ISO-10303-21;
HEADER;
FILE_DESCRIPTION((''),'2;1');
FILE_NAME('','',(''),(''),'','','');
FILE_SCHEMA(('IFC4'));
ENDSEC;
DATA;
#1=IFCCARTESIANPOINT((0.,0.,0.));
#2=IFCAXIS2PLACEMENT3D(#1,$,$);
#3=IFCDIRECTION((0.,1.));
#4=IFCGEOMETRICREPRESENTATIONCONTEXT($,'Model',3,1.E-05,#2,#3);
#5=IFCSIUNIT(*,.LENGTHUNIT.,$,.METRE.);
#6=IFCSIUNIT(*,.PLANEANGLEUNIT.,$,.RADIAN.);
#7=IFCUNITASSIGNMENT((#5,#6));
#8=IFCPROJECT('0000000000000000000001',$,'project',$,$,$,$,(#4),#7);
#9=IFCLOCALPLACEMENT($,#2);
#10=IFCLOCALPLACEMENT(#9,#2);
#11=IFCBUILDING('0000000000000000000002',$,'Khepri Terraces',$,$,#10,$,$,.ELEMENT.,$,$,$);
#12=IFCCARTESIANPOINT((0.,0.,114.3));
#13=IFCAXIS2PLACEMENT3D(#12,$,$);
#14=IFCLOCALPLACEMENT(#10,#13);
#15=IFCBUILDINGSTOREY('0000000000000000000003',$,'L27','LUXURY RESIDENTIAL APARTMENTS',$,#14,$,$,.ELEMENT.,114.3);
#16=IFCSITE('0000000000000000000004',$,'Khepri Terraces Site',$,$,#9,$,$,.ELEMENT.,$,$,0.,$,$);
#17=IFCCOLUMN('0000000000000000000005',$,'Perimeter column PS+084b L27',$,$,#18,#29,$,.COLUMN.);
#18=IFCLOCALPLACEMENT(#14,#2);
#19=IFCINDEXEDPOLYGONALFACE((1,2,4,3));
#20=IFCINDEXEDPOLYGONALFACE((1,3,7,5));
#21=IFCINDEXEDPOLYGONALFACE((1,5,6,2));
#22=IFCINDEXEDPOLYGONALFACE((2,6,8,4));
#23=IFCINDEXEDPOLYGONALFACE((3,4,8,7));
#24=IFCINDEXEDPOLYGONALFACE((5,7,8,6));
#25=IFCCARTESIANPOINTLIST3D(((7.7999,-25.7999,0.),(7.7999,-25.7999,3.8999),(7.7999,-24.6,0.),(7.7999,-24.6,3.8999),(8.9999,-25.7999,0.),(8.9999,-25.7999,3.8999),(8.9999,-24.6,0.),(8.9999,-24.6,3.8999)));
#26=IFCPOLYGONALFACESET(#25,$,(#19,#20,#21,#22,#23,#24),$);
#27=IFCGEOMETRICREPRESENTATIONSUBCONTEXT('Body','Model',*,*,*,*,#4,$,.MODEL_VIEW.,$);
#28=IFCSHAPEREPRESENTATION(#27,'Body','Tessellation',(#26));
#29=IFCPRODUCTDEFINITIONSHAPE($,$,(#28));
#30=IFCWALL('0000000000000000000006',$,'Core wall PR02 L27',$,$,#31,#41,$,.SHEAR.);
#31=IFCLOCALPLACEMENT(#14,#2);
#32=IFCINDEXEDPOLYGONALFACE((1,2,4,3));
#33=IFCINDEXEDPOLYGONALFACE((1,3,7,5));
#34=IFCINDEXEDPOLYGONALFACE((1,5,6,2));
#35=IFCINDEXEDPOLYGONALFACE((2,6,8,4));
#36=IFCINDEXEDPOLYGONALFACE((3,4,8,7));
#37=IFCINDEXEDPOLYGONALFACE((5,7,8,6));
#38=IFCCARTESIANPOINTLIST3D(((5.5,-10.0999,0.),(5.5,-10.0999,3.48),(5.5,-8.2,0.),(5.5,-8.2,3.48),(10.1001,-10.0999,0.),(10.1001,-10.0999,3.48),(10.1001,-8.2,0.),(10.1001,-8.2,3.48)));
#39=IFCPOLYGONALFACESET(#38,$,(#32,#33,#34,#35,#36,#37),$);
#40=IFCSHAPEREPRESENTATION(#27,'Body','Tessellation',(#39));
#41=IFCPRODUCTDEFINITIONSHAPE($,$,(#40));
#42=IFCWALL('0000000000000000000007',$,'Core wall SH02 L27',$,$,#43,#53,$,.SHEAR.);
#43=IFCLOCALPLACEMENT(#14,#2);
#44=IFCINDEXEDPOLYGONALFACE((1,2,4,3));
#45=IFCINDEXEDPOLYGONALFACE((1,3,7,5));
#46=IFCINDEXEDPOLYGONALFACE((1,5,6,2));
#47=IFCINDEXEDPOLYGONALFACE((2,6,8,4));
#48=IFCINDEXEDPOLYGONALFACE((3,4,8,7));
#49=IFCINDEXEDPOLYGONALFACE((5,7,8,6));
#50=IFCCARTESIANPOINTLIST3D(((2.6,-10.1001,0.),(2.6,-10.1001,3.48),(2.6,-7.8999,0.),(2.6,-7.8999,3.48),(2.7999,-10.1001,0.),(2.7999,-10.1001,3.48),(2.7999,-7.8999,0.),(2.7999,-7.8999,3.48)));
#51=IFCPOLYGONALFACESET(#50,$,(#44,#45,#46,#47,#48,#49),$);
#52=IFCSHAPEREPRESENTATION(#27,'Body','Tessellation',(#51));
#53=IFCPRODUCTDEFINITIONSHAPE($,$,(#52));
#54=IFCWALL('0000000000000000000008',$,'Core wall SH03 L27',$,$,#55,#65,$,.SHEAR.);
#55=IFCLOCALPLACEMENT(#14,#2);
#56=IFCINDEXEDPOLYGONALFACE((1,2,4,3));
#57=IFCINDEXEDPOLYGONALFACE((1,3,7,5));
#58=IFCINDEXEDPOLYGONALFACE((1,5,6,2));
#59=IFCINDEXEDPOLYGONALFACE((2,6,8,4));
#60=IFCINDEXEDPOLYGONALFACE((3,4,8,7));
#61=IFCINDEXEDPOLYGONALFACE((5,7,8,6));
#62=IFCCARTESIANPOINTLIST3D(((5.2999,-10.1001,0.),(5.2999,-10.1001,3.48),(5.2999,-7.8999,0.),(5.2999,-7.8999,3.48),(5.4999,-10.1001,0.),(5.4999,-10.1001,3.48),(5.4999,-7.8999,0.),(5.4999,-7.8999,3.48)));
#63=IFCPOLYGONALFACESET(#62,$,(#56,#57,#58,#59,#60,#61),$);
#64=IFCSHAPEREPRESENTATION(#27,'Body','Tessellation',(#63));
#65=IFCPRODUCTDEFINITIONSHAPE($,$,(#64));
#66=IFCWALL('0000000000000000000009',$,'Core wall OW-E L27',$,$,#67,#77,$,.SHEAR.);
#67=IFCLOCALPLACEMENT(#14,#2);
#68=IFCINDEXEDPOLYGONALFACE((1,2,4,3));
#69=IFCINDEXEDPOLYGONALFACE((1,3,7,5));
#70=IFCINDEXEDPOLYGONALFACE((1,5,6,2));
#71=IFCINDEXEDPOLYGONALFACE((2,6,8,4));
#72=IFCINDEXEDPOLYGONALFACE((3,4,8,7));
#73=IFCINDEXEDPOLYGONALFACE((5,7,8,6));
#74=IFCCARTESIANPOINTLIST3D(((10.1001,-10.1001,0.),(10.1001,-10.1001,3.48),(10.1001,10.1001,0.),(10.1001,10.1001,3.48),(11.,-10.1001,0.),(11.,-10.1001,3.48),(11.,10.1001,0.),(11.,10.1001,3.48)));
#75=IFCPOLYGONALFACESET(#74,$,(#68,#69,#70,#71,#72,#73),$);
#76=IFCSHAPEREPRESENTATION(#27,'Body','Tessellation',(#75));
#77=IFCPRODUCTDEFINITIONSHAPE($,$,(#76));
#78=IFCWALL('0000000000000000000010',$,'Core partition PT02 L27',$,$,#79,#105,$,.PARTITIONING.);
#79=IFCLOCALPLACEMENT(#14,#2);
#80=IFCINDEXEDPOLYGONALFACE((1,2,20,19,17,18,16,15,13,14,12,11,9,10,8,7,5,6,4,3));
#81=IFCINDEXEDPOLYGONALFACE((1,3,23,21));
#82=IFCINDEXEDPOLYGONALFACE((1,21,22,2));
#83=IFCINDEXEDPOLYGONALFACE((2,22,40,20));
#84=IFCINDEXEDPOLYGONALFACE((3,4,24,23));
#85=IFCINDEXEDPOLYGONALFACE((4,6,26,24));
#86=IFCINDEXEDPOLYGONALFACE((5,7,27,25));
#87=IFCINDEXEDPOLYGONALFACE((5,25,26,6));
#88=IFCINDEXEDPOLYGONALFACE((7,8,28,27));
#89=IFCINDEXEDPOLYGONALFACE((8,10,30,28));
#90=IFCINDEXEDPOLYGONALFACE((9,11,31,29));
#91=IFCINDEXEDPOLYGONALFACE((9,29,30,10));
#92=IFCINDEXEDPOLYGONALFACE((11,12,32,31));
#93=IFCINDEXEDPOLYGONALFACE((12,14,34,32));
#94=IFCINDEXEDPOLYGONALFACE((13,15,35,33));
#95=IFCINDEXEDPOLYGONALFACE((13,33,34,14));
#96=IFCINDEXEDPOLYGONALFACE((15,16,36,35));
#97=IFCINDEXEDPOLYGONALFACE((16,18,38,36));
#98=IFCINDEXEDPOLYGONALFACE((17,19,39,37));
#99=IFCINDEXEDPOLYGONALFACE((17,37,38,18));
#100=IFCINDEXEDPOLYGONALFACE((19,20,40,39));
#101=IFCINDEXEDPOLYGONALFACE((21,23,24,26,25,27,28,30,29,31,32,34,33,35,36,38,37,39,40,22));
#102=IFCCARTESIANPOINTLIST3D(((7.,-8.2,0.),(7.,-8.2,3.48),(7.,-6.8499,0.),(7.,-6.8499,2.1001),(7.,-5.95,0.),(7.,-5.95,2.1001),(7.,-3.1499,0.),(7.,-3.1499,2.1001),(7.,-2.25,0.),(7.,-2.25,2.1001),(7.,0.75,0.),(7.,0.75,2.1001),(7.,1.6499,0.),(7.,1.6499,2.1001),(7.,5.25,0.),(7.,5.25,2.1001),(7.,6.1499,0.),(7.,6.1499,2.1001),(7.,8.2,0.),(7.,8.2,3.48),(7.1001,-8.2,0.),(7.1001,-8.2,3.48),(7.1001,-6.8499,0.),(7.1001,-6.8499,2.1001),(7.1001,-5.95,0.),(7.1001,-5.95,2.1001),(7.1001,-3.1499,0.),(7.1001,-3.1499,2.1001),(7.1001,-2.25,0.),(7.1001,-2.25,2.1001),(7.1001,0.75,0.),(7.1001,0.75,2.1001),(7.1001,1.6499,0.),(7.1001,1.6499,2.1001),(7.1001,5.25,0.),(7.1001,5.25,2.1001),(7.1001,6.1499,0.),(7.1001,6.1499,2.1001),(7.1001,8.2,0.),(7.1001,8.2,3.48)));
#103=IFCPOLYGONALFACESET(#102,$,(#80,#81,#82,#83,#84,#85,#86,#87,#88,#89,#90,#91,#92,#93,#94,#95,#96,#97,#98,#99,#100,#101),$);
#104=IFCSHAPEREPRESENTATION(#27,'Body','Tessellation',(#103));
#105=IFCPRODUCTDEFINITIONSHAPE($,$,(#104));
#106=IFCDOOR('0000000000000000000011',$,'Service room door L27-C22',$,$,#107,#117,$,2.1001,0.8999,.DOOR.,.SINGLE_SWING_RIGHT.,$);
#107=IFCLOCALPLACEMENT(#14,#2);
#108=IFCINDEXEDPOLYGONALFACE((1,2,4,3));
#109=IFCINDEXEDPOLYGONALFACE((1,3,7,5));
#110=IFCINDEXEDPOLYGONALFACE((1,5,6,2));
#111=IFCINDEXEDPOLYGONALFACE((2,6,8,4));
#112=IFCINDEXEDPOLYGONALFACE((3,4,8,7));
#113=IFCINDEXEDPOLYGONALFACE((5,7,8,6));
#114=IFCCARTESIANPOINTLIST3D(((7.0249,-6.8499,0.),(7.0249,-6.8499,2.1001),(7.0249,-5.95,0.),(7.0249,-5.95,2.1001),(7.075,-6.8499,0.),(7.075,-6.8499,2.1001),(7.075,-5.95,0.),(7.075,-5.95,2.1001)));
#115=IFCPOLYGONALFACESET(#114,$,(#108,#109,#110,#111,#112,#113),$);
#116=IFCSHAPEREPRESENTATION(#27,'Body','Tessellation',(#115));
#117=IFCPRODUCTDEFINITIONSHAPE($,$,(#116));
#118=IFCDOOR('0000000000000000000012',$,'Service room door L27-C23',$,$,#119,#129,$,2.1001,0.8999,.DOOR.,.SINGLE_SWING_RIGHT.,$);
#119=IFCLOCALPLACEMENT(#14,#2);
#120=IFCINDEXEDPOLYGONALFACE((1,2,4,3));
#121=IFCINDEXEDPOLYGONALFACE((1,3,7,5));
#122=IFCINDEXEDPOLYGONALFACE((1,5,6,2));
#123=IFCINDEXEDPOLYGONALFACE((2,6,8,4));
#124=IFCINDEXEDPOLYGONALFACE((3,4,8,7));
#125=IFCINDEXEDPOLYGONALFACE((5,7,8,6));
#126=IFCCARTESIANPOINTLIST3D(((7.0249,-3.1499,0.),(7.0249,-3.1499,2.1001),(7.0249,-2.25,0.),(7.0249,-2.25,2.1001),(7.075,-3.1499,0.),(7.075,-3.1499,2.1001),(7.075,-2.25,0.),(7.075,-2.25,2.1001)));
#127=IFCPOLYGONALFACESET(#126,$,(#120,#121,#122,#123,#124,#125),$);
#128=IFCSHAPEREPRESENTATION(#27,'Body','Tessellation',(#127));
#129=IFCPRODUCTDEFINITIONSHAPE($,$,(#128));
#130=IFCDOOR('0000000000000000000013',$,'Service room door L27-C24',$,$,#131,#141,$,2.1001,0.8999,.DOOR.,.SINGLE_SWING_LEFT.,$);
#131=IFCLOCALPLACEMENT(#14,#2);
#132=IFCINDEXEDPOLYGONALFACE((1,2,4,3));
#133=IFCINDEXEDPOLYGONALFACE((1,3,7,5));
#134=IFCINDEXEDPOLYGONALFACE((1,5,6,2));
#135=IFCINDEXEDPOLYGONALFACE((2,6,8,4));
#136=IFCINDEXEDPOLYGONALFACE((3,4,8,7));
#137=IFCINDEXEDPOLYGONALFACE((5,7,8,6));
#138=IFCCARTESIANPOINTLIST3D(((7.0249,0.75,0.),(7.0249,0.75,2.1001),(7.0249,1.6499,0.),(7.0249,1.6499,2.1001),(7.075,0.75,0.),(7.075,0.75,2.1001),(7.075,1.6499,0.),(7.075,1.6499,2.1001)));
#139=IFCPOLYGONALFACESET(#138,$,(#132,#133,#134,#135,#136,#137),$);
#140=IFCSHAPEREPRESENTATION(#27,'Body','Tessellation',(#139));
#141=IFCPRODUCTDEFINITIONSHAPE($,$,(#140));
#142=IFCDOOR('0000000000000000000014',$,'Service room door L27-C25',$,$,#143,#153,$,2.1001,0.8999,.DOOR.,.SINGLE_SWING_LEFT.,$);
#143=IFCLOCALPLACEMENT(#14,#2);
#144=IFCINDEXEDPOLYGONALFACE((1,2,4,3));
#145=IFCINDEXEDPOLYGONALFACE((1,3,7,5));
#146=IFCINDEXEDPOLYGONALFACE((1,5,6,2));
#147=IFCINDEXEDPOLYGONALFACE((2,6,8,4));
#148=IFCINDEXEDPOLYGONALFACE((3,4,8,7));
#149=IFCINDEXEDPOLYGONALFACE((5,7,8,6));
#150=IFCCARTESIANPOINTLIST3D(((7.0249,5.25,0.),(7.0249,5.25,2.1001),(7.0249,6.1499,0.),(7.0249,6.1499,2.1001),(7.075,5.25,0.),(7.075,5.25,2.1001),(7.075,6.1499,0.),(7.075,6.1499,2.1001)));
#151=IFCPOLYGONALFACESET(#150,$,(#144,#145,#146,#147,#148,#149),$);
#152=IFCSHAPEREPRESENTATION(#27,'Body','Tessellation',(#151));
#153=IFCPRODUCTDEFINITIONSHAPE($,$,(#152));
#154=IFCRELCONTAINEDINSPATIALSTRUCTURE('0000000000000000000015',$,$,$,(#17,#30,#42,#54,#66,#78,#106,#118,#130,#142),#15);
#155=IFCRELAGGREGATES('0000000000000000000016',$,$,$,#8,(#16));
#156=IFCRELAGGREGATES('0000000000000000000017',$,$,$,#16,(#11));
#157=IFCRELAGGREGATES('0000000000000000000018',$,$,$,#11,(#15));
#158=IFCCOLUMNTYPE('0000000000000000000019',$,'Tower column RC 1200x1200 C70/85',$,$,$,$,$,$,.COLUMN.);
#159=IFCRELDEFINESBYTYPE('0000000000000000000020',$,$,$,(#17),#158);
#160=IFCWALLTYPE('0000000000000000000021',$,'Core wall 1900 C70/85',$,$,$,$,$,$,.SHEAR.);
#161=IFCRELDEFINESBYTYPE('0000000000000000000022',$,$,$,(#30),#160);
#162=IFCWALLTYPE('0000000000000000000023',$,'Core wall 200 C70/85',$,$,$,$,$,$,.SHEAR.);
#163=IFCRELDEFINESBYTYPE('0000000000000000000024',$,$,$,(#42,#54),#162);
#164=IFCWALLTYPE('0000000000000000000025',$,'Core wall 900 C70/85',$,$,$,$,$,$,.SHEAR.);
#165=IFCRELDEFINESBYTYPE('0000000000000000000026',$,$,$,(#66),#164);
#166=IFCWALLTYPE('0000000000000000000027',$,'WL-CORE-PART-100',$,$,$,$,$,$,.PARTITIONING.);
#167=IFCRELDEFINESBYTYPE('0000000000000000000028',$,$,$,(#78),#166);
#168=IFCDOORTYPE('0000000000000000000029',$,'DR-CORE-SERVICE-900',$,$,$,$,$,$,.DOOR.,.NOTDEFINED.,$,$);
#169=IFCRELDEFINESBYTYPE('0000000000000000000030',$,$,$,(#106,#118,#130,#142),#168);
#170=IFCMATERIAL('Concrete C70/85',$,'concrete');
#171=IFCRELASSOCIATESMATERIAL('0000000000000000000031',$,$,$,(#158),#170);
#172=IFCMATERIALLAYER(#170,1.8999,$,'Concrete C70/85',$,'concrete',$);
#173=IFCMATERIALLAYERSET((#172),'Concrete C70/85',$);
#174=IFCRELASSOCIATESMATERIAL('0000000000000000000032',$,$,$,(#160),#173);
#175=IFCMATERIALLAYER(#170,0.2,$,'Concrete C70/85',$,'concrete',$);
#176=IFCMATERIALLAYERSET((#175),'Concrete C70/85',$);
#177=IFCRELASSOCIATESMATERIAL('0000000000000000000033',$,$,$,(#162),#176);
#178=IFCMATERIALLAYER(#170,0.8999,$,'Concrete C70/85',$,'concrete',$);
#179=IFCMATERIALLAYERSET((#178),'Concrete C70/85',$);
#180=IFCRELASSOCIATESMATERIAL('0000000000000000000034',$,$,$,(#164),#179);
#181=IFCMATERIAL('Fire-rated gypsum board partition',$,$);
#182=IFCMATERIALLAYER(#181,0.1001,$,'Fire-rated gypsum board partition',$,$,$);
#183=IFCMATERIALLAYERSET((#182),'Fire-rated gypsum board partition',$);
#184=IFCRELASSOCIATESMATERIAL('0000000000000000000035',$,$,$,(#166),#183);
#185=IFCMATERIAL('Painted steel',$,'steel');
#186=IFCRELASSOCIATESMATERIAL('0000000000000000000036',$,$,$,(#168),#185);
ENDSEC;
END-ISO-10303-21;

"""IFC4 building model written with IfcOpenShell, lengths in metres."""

from ifc_helpers import new_model, si_unit, direction, frame, frame_2d, origin, origin_2d, place, context, subcontext, project, spatial, rectangle, extrude, material, layer, layer_set, material_profile, profile_set, type_object, element, fill, save


model = new_model("IFC4")

# Units and contexts
model_context = context("Model", 3, precision=1e-05, world=origin(), true_north=direction((0.0, 1.0)))
body_context = subcontext(model_context, "Body", "Model", "MODEL_VIEW")
ifc_project = project(units=[si_unit("LENGTHUNIT", "METRE"), si_unit("PLANEANGLEUNIT", "RADIAN")], contexts=[model_context])

# Site, building, storey
site_placement = place(None, origin())
site = spatial("IfcSite", under=ifc_project, at=site_placement, Name="Khepri Terraces Site", CompositionType="ELEMENT", RefElevation=0.0)
building_placement = place(site_placement, origin())
building = spatial("IfcBuilding", under=site, at=building_placement, Name="Khepri Terraces", CompositionType="ELEMENT")
storey_placement = place(building_placement, frame((0.0, 0.0, 114.3)))
storey = spatial("IfcBuildingStorey", under=building, at=storey_placement, Name="L27", Description="LUXURY RESIDENTIAL APARTMENTS", CompositionType="ELEMENT", Elevation=114.3)

# Column
ifc_material_1 = material(Name="Concrete C70/85", Category="concrete")
ifc_material_profile = material_profile(ifc_material_1, rectangle(XDim=1.2, YDim=1.2, at=origin_2d()), Name="Concrete C70/85", Category="concrete")
ifc_profile_set = profile_set([ifc_material_profile], Name="Concrete C70/85")
column_type = type_object("IfcColumnType", Name="Tower column RC 1200x1200 C70/85", PredefinedType="COLUMN", material=ifc_profile_set)
column_placement = place(storey_placement, frame((8.3999, -25.2, 0.0), z_axis=(0.0, 0.0, 1.0), x_axis=(1.0, 0.0, 0.0)))
element("IfcColumn", 1, at=column_placement, inside=storey, type_object=column_type, Name="Perimeter column PS+084b L27", PredefinedType="COLUMN", context=body_context, shape_type="SweptSolid", body=[
    extrude(rectangle(XDim=1.2, YDim=1.2, at=origin_2d()), origin(), (0.0, 0.0, 1.0), 3.8999),
])

# Walls
ifc_layer_1 = layer(ifc_material_1, 1.8999, Name="Concrete C70/85", Category="concrete")
ifc_layer_set_1 = layer_set([ifc_layer_1], Name="Concrete C70/85")
wall_type_1 = type_object("IfcWallType", Name="Core wall 1900 C70/85", PredefinedType="SHEAR", material=ifc_layer_set_1)
wall_1_placement = place(storey_placement, frame((5.5, -9.1499, 0.0), z_axis=(0.0, 0.0, 1.0), x_axis=(1.0, 0.0, 0.0)))
element("IfcWall", 2, at=wall_1_placement, inside=storey, type_object=wall_type_1, Name="Core wall PR02 L27", PredefinedType="SHEAR", context=body_context, shape_type="SweptSolid", body=[
    extrude(rectangle(XDim=4.6001, YDim=1.8999, at=frame_2d((2.3, 0.0))), origin(), (0.0, 0.0, 1.0), 3.48),
])
ifc_layer_2 = layer(ifc_material_1, 0.2, Name="Concrete C70/85", Category="concrete")
ifc_layer_set_2 = layer_set([ifc_layer_2], Name="Concrete C70/85")
wall_type_2 = type_object("IfcWallType", Name="Core wall 200 C70/85", PredefinedType="SHEAR", material=ifc_layer_set_2)
for number, where, z_axis, x_axis, name in (
    (3, (2.7, -10.1001, 0.0), (0.0, 0.0, 1.0), (0.0, 1.0, 0.0), "Core wall SH02 L27"),
    (4, (5.3999, -10.1001, 0.0), (0.0, 0.0, 1.0), (0.0, 1.0, 0.0), "Core wall SH03 L27"),
):
    element("IfcWall", number, at=place(storey_placement, frame(where, z_axis=z_axis, x_axis=x_axis)), inside=storey, type_object=wall_type_2, Name=name, PredefinedType="SHEAR", context=body_context, shape_type="SweptSolid", body=[
        extrude(rectangle(XDim=2.2002, YDim=0.2, at=frame_2d((1.1001, 0.0))), origin(), (0.0, 0.0, 1.0), 3.48),
    ])
ifc_layer_3 = layer(ifc_material_1, 0.8999, Name="Concrete C70/85", Category="concrete")
ifc_layer_set_3 = layer_set([ifc_layer_3], Name="Concrete C70/85")
wall_type_3 = type_object("IfcWallType", Name="Core wall 900 C70/85", PredefinedType="SHEAR", material=ifc_layer_set_3)
wall_2_placement = place(storey_placement, frame((10.55, -10.1001, 0.0), z_axis=(0.0, 0.0, 1.0), x_axis=(0.0, 1.0, 0.0)))
element("IfcWall", 5, at=wall_2_placement, inside=storey, type_object=wall_type_3, Name="Core wall OW-E L27", PredefinedType="SHEAR", context=body_context, shape_type="SweptSolid", body=[
    extrude(rectangle(XDim=20.2002, YDim=0.8999, at=frame_2d((10.1001, 0.0))), origin(), (0.0, 0.0, 1.0), 3.48),
])

# Wall, openings, doors
ifc_material_2 = material(Name="Fire-rated gypsum board partition")
ifc_layer_4 = layer(ifc_material_2, 0.1001, Name="Fire-rated gypsum board partition")
ifc_layer_set_4 = layer_set([ifc_layer_4], Name="Fire-rated gypsum board partition")
wall_type_4 = type_object("IfcWallType", Name="WL-CORE-PART-100", PredefinedType="PARTITIONING", material=ifc_layer_set_4)
wall_3_placement = place(storey_placement, frame((7.05, -8.2, 0.0), z_axis=(0.0, 0.0, 1.0), x_axis=(0.0, 1.0, 0.0)))
wall_3 = element("IfcWall", 6, at=wall_3_placement, inside=storey, type_object=wall_type_4, Name="Core partition PT02 L27", PredefinedType="PARTITIONING", context=body_context, shape_type="SweptSolid", body=[
    extrude(rectangle(XDim=16.3999, YDim=0.1001, at=frame_2d((8.2, 0.0))), origin(), (0.0, 0.0, 1.0), 3.48),
])
opening_1_placement = place(wall_3_placement, frame((1.3501, 0.0, 0.0)))
opening_1 = element("IfcOpeningElement", 7, at=opening_1_placement, cuts=wall_3, PredefinedType="OPENING", context=body_context, shape_type="SweptSolid", body=[
    extrude(rectangle(XDim=0.8999, YDim=2.1001, at=frame_2d((0.45, 1.05))), frame((0.0, 0.0601, 0.0), z_axis=(0.0, -1.0, 0.0), x_axis=(1.0, 0.0, 0.0)), (0.0, 0.0, 1.0), 0.1201),
])
opening_2_placement = place(wall_3_placement, frame((5.05, 0.0, 0.0)))
opening_2 = element("IfcOpeningElement", 8, at=opening_2_placement, cuts=wall_3, PredefinedType="OPENING", context=body_context, shape_type="SweptSolid", body=[
    extrude(rectangle(XDim=0.8999, YDim=2.1001, at=frame_2d((0.45, 1.05))), frame((0.0, 0.0601, 0.0), z_axis=(0.0, -1.0, 0.0), x_axis=(1.0, 0.0, 0.0)), (0.0, 0.0, 1.0), 0.1201),
])
opening_3_placement = place(wall_3_placement, frame((8.95, 0.0, 0.0)))
opening_3 = element("IfcOpeningElement", 9, at=opening_3_placement, cuts=wall_3, PredefinedType="OPENING", context=body_context, shape_type="SweptSolid", body=[
    extrude(rectangle(XDim=0.8999, YDim=2.1001, at=frame_2d((0.45, 1.05))), frame((0.0, 0.0601, 0.0), z_axis=(0.0, -1.0, 0.0), x_axis=(1.0, 0.0, 0.0)), (0.0, 0.0, 1.0), 0.1201),
])
opening_4_placement = place(wall_3_placement, frame((13.45, 0.0, 0.0)))
opening_4 = element("IfcOpeningElement", 10, at=opening_4_placement, cuts=wall_3, PredefinedType="OPENING", context=body_context, shape_type="SweptSolid", body=[
    extrude(rectangle(XDim=0.8999, YDim=2.1001, at=frame_2d((0.45, 1.05))), frame((0.0, 0.0601, 0.0), z_axis=(0.0, -1.0, 0.0), x_axis=(1.0, 0.0, 0.0)), (0.0, 0.0, 1.0), 0.1201),
])
ifc_material_3 = material(Name="Painted steel", Category="steel")
door_type_1 = type_object("IfcDoorType", Name="DR-CORE-SERVICE-900", OperationType="NOTDEFINED", PredefinedType="DOOR", material=ifc_material_3)
door_1_placement = place(opening_1_placement, frame((0.8999, 0.0, 0.0), z_axis=(0.0, 0.0, 1.0), x_axis=(-1.0, 0.0, 0.0)))
door_1 = element("IfcDoor", 11, at=door_1_placement, inside=storey, type_object=door_type_1, Name="Service room door L27-C22", OperationType="SINGLE_SWING_RIGHT", OverallHeight=2.1001, OverallWidth=0.8999, PredefinedType="DOOR", context=body_context, shape_type="SweptSolid", body=[
    extrude(rectangle(XDim=0.8999, YDim=2.1001, at=frame_2d((0.45, 1.05))), frame((0.0, 0.0249, 0.0), z_axis=(0.0, -1.0, 0.0), x_axis=(1.0, 0.0, 0.0)), (0.0, 0.0, 1.0), 0.05),
])
fill(opening_1, door_1)
door_2_placement = place(opening_2_placement, frame((0.8999, 0.0, 0.0), z_axis=(0.0, 0.0, 1.0), x_axis=(-1.0, 0.0, 0.0)))
door_2 = element("IfcDoor", 12, at=door_2_placement, inside=storey, type_object=door_type_1, Name="Service room door L27-C23", OperationType="SINGLE_SWING_RIGHT", OverallHeight=2.1001, OverallWidth=0.8999, PredefinedType="DOOR", context=body_context, shape_type="SweptSolid", body=[
    extrude(rectangle(XDim=0.8999, YDim=2.1001, at=frame_2d((0.45, 1.05))), frame((0.0, 0.0249, 0.0), z_axis=(0.0, -1.0, 0.0), x_axis=(1.0, 0.0, 0.0)), (0.0, 0.0, 1.0), 0.05),
])
fill(opening_2, door_2)
door_3_placement = place(opening_3_placement, frame((0.8999, 0.0, 0.0), z_axis=(0.0, 0.0, 1.0), x_axis=(-1.0, 0.0, 0.0)))
door_3 = element("IfcDoor", 13, at=door_3_placement, inside=storey, type_object=door_type_1, Name="Service room door L27-C24", OperationType="SINGLE_SWING_LEFT", OverallHeight=2.1001, OverallWidth=0.8999, PredefinedType="DOOR", context=body_context, shape_type="SweptSolid", body=[
    extrude(rectangle(XDim=0.8999, YDim=2.1001, at=frame_2d((0.45, 1.05))), frame((0.0, 0.0249, 0.0), z_axis=(0.0, -1.0, 0.0), x_axis=(1.0, 0.0, 0.0)), (0.0, 0.0, 1.0), 0.05),
])
fill(opening_3, door_3)
door_4_placement = place(opening_4_placement, frame((0.8999, 0.0, 0.0), z_axis=(0.0, 0.0, 1.0), x_axis=(-1.0, 0.0, 0.0)))
door_4 = element("IfcDoor", 14, at=door_4_placement, inside=storey, type_object=door_type_1, Name="Service room door L27-C25", OperationType="SINGLE_SWING_LEFT", OverallHeight=2.1001, OverallWidth=0.8999, PredefinedType="DOOR", context=body_context, shape_type="SweptSolid", body=[
    extrude(rectangle(XDim=0.8999, YDim=2.1001, at=frame_2d((0.45, 1.05))), frame((0.0, 0.0249, 0.0), z_axis=(0.0, -1.0, 0.0), x_axis=(1.0, 0.0, 0.0)), (0.0, 0.0, 1.0), 0.05),
])
fill(opening_4, door_4)

save(model, "model.ifc")
